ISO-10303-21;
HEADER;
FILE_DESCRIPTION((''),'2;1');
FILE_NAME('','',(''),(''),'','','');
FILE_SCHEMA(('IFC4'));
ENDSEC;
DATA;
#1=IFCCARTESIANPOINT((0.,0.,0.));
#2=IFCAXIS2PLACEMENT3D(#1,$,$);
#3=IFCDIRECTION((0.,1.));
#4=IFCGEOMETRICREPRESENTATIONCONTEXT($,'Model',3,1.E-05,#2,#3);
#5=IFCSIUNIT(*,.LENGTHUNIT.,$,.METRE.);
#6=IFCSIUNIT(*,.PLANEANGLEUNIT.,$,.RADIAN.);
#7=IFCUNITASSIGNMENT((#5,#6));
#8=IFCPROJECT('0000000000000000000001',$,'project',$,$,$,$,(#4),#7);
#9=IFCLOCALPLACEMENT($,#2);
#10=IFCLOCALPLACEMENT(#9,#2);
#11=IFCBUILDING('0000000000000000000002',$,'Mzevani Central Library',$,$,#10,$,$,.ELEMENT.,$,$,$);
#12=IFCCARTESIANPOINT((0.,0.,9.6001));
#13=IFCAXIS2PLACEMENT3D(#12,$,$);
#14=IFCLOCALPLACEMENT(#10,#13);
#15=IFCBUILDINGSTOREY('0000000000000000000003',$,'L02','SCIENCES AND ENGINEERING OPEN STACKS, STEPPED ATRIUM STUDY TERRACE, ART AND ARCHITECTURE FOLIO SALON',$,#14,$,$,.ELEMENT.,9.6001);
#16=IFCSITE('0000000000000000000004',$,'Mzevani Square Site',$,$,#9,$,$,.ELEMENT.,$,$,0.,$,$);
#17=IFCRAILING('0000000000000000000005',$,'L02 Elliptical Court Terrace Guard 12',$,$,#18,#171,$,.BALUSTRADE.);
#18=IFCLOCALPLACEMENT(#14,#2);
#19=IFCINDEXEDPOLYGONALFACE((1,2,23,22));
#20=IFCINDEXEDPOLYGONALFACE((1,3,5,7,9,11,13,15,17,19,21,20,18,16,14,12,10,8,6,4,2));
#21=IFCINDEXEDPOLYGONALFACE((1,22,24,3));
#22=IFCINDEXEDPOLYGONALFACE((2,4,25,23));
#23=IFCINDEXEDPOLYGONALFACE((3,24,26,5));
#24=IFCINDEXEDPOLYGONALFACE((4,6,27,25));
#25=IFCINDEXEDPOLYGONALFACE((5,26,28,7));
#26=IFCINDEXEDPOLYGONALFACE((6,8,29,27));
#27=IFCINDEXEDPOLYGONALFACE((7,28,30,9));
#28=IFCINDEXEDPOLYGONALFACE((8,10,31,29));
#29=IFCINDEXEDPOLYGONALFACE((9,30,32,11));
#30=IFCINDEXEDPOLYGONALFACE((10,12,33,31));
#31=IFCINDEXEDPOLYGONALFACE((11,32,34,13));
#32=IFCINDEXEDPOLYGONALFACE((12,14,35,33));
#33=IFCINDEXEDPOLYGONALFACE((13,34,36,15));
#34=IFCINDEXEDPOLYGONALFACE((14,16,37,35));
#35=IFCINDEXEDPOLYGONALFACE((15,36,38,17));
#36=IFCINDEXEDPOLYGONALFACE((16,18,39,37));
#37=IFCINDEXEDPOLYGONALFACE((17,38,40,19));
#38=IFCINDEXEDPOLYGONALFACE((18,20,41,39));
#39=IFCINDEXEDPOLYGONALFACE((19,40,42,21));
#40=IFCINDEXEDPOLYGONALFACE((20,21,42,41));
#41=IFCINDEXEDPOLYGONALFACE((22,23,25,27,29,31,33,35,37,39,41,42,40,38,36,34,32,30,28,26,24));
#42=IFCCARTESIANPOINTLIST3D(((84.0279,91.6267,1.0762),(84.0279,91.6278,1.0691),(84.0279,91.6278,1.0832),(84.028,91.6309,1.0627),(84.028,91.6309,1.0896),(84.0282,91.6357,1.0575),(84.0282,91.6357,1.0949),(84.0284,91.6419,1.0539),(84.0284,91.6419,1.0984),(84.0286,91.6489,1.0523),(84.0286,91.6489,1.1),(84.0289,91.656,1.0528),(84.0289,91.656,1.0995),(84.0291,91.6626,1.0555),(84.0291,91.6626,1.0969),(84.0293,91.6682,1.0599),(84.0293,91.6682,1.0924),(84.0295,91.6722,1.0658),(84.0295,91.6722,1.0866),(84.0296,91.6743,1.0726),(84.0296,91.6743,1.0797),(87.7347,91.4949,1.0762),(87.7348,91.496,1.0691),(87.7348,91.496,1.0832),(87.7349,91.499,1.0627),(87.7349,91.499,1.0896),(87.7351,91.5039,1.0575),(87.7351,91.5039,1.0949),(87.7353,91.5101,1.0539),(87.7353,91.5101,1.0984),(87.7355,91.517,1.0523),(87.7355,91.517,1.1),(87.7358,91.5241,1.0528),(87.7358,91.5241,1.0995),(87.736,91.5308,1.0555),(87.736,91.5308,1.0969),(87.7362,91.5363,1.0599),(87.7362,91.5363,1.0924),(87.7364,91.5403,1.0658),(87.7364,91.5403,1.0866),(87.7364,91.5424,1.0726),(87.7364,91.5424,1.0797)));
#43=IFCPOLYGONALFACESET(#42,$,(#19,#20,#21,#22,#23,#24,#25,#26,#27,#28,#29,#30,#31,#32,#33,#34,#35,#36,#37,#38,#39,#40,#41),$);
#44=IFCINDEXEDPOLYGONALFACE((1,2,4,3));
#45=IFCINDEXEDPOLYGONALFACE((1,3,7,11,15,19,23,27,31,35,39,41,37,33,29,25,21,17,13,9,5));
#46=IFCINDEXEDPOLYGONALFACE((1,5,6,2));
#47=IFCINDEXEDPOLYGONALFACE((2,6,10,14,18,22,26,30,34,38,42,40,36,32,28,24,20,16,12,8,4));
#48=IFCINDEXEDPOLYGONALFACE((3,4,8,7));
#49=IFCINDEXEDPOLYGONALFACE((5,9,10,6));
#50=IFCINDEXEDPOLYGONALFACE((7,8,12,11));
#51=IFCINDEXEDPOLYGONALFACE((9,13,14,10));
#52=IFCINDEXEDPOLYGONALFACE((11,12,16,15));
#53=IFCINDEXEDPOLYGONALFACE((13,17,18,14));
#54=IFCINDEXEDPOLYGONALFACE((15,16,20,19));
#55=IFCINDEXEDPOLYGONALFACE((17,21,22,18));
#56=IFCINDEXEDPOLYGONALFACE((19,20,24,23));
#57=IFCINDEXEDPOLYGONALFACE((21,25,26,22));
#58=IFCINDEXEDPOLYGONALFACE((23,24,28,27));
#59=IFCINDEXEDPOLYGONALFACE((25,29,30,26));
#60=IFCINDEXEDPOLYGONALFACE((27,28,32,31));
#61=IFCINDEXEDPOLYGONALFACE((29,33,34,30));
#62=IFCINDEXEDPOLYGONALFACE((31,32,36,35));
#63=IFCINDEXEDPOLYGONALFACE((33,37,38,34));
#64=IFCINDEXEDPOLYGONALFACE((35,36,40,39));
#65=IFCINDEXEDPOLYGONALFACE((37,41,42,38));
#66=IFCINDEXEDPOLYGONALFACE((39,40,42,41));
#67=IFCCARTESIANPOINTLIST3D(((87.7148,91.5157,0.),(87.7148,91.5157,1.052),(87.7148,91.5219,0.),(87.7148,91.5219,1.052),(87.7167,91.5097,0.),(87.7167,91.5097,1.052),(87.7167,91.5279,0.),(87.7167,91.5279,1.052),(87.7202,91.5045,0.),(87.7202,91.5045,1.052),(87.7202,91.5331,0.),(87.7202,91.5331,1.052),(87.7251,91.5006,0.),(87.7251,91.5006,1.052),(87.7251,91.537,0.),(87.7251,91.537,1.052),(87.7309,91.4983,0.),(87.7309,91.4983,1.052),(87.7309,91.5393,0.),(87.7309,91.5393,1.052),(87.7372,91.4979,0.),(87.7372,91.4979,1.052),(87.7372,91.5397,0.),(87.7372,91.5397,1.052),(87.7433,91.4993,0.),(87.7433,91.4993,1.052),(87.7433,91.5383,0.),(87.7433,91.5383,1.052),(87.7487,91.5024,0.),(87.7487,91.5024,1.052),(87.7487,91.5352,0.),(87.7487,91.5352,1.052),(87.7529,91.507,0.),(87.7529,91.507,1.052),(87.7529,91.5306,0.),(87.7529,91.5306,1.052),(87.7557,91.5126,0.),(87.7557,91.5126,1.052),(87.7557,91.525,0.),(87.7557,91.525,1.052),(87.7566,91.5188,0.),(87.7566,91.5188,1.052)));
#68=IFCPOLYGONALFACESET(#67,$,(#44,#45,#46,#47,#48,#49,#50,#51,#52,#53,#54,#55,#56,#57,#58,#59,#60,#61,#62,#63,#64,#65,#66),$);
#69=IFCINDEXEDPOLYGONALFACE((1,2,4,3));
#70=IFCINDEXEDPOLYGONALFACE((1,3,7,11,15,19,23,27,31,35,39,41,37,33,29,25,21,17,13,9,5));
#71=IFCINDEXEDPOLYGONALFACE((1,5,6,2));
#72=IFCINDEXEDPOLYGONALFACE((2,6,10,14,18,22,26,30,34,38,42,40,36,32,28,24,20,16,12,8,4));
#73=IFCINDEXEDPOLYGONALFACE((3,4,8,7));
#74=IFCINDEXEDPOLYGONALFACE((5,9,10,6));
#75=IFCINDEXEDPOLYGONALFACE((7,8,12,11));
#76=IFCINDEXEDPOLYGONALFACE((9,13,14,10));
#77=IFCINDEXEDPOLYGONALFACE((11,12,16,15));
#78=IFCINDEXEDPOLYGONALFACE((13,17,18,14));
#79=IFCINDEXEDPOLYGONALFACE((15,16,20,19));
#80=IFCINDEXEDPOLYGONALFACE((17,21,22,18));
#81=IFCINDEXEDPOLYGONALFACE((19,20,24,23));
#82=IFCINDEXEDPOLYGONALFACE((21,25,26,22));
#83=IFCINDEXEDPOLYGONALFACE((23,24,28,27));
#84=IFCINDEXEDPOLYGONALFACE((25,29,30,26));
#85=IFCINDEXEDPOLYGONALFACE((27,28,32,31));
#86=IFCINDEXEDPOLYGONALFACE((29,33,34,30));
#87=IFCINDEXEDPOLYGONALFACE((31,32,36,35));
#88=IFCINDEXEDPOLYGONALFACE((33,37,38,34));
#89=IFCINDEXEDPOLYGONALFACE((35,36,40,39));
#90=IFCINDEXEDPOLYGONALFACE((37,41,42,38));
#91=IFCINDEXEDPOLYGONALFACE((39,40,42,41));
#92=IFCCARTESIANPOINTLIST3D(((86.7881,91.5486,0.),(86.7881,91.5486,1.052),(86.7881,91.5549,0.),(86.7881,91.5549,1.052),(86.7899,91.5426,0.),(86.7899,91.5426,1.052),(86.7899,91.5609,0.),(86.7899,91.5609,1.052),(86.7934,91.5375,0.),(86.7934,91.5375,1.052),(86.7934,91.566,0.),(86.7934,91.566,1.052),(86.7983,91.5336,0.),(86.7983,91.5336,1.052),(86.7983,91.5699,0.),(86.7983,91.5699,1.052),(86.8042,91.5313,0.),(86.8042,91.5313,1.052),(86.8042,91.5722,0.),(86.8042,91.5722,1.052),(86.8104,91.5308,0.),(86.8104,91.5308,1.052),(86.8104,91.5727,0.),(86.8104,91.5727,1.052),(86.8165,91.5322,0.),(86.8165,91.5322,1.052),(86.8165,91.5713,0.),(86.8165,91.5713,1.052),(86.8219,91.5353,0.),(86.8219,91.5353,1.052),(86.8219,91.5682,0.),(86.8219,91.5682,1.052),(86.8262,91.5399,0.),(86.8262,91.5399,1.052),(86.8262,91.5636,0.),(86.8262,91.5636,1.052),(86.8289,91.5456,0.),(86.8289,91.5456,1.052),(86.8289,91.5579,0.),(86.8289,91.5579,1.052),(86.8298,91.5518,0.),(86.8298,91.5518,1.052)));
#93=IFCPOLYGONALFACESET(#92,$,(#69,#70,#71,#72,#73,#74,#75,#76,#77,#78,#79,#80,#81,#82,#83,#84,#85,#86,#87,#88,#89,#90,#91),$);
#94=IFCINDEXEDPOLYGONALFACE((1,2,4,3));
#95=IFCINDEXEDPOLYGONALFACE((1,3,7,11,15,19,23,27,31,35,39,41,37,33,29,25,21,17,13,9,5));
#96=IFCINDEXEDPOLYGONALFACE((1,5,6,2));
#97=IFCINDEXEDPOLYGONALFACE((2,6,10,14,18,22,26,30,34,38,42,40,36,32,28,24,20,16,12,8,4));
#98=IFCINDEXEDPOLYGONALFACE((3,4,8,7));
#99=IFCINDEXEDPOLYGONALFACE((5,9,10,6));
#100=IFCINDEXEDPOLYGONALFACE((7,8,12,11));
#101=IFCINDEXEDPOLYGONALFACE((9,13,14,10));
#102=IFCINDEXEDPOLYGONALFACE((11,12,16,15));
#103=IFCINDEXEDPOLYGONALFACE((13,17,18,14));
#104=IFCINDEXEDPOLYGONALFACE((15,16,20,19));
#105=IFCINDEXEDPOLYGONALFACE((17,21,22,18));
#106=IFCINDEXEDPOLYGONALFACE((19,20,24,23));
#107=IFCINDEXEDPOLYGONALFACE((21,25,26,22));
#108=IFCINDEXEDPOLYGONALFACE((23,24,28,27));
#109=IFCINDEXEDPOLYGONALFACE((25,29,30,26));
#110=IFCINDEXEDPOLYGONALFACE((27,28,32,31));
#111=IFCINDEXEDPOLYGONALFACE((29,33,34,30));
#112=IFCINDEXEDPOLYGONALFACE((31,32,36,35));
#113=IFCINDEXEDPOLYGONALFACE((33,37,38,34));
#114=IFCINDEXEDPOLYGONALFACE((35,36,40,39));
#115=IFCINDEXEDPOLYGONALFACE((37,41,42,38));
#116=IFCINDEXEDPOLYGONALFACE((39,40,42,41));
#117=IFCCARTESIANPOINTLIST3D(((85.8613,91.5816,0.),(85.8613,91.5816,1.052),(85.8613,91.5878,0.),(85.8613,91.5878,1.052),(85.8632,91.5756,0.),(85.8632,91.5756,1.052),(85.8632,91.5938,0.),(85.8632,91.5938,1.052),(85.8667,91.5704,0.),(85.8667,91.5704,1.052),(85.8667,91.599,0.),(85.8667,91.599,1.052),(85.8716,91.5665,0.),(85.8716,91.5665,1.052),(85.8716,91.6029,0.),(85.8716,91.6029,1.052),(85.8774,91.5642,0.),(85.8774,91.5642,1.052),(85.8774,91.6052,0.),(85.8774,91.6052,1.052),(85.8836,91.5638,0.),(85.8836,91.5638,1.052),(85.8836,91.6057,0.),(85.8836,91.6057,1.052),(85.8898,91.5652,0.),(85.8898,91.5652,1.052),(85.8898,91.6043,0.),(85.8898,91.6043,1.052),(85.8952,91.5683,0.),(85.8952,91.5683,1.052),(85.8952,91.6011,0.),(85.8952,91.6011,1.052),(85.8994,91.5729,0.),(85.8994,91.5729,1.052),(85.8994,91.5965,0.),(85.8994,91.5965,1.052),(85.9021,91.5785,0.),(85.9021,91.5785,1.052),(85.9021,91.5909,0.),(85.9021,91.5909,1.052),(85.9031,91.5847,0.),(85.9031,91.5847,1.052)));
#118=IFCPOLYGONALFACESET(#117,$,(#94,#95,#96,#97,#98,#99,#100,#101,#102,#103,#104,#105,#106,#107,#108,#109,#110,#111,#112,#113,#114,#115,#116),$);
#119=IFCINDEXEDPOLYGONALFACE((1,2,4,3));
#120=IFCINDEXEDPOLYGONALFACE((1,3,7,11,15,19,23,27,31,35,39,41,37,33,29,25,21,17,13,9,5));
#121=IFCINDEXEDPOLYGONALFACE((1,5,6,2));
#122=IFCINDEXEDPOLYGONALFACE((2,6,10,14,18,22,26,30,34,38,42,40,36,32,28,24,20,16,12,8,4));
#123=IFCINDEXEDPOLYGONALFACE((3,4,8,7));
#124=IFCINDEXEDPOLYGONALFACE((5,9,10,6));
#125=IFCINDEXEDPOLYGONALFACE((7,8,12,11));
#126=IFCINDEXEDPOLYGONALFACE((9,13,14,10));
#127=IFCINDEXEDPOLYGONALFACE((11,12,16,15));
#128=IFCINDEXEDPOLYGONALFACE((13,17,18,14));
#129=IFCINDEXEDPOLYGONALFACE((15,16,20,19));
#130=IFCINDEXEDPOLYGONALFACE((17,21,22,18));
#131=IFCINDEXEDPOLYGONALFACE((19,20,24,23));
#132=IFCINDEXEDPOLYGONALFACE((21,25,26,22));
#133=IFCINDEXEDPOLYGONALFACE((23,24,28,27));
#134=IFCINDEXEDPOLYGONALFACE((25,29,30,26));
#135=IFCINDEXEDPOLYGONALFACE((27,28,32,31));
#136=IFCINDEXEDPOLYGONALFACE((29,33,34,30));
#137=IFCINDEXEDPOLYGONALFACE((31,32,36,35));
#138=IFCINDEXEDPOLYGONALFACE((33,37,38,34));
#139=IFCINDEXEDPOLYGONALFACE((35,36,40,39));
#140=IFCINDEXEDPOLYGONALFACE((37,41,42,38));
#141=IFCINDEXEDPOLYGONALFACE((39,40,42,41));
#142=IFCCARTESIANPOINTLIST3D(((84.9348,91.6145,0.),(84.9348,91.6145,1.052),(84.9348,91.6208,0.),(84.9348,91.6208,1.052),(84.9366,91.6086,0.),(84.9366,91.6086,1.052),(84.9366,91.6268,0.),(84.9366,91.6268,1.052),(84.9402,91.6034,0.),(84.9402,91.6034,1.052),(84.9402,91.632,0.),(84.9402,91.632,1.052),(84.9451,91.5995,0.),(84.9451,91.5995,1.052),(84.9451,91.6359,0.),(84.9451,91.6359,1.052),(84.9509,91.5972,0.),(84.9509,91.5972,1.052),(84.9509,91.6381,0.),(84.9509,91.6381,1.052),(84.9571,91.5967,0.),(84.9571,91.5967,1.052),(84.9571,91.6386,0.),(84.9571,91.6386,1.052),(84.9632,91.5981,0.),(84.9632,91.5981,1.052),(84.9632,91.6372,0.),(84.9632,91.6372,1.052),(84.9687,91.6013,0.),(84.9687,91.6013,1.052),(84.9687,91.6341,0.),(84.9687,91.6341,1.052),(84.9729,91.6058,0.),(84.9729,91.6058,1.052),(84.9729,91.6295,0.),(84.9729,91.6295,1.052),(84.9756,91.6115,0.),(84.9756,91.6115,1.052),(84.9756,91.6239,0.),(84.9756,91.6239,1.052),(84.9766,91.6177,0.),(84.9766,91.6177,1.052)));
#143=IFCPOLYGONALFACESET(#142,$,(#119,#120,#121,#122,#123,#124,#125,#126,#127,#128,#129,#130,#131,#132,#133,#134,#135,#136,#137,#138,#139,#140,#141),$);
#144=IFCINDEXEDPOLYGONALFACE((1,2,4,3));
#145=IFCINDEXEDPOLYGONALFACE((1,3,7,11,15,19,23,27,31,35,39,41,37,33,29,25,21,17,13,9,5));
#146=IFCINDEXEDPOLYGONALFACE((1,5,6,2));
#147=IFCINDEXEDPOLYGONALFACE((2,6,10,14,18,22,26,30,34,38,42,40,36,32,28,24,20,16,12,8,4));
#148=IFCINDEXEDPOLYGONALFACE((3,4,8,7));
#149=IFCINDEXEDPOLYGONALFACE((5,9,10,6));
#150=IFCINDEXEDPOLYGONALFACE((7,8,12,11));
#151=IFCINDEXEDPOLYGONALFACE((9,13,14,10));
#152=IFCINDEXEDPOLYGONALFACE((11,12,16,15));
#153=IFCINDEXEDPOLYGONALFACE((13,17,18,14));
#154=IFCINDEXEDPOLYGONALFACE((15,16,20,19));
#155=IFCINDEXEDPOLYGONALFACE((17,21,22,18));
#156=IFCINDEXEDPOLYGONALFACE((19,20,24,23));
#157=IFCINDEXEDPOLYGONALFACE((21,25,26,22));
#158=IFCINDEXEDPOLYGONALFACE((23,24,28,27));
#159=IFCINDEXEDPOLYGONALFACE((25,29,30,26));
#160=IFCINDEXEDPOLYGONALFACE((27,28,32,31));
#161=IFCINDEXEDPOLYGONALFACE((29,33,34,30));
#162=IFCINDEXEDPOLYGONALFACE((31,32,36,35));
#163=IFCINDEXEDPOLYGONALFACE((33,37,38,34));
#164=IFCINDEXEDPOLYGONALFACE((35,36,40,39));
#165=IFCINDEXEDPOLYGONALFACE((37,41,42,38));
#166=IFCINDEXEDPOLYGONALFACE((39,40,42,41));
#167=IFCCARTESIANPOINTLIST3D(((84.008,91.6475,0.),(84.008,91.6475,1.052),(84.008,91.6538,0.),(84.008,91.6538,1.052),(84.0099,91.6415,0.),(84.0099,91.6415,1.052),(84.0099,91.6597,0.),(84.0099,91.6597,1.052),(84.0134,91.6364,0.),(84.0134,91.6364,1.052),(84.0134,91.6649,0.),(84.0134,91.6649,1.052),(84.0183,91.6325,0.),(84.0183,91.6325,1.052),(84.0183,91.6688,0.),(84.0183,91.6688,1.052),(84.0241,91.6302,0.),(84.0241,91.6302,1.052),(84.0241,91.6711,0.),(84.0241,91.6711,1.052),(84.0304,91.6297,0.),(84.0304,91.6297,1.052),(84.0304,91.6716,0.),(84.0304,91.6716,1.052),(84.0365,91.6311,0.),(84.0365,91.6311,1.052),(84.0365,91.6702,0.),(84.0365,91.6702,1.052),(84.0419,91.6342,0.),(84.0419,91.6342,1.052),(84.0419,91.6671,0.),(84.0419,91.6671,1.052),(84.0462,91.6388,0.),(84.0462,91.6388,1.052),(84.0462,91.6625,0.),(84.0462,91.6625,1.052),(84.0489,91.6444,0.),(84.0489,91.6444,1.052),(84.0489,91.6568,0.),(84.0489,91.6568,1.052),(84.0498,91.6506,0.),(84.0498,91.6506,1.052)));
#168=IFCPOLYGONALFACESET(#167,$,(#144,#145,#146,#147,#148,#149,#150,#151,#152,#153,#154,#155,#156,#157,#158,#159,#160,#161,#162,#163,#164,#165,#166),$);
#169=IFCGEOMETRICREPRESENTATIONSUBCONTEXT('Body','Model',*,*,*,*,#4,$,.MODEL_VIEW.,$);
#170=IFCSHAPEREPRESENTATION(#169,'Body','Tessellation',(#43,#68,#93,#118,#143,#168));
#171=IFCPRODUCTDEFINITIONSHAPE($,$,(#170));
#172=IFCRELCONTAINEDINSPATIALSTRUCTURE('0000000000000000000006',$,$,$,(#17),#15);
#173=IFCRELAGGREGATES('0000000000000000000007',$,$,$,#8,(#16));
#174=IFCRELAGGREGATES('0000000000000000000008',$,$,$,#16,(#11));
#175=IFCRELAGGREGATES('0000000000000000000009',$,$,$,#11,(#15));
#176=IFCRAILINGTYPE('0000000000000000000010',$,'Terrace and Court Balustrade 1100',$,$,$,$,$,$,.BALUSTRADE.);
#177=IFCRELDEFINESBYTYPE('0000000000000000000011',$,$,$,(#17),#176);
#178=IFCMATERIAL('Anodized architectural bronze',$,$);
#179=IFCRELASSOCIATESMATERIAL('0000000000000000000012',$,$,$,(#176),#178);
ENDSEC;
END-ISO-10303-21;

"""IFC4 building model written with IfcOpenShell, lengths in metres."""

from ifc_helpers import new_model, si_unit, direction, frame, origin, origin_2d, place, context, subcontext, project, spatial, circle, extrude, material, type_object, element, save


model = new_model("IFC4")

# Units and contexts
model_context = context("Model", 3, precision=1e-05, world=origin(), true_north=direction((0.0, 1.0)))
body_context = subcontext(model_context, "Body", "Model", "MODEL_VIEW")
ifc_project = project(units=[si_unit("LENGTHUNIT", "METRE"), si_unit("PLANEANGLEUNIT", "RADIAN")], contexts=[model_context])

# Site, building, storey
site_placement = place(None, origin())
site = spatial("IfcSite", under=ifc_project, at=site_placement, Name="Mzevani Square Site", CompositionType="ELEMENT", RefElevation=0.0)
building_placement = place(site_placement, origin())
building = spatial("IfcBuilding", under=site, at=building_placement, Name="Mzevani Central Library", CompositionType="ELEMENT")
storey_placement = place(building_placement, frame((0.0, 0.0, 9.6001)))
storey = spatial("IfcBuildingStorey", under=building, at=storey_placement, Name="L02", Description="SCIENCES AND ENGINEERING OPEN STACKS, STEPPED ATRIUM STUDY TERRACE, ART AND ARCHITECTURE FOLIO SALON", CompositionType="ELEMENT", Elevation=9.6001)

# Railing
ifc_material_1 = material(Name="Anodized architectural bronze")
railing_type = type_object("IfcRailingType", Name="Terrace and Court Balustrade 1100", PredefinedType="BALUSTRADE", material=ifc_material_1)
railing_1_placement = place(storey_placement, frame((87.7356, 91.5188, 0.0)))
element("IfcRailing", 1, at=railing_1_placement, inside=storey, type_object=railing_type, Name="L02 Elliptical Court Terrace Guard 12", PredefinedType="BALUSTRADE", context=body_context, shape_type="SweptSolid", body=[
    extrude(circle(Radius=0.0239, at=origin_2d()), frame((0.0, 0.0, 1.0762), z_axis=(-0.999368, 0.035544, 0.0), x_axis=(-0.035544, -0.999368, 0.0)), (0.0, 0.0, 1.0), 3.7092),
    extrude(circle(Radius=0.021, at=origin_2d()), origin(), (0.0, 0.0, 1.0), 1.052),
    extrude(circle(Radius=0.021, at=origin_2d()), frame((-0.9268, 0.033, 0.0)), (0.0, 0.0, 1.0), 1.052),
    extrude(circle(Radius=0.021, at=origin_2d()), frame((-1.8535, 0.0659, 0.0)), (0.0, 0.0, 1.0), 1.052),
    extrude(circle(Radius=0.021, at=origin_2d()), frame((-2.78, 0.0989, 0.0)), (0.0, 0.0, 1.0), 1.052),
    extrude(circle(Radius=0.021, at=origin_2d()), frame((-3.7068, 0.1318, 0.0)), (0.0, 0.0, 1.0), 1.052),
])

save(model, "model.ifc")
